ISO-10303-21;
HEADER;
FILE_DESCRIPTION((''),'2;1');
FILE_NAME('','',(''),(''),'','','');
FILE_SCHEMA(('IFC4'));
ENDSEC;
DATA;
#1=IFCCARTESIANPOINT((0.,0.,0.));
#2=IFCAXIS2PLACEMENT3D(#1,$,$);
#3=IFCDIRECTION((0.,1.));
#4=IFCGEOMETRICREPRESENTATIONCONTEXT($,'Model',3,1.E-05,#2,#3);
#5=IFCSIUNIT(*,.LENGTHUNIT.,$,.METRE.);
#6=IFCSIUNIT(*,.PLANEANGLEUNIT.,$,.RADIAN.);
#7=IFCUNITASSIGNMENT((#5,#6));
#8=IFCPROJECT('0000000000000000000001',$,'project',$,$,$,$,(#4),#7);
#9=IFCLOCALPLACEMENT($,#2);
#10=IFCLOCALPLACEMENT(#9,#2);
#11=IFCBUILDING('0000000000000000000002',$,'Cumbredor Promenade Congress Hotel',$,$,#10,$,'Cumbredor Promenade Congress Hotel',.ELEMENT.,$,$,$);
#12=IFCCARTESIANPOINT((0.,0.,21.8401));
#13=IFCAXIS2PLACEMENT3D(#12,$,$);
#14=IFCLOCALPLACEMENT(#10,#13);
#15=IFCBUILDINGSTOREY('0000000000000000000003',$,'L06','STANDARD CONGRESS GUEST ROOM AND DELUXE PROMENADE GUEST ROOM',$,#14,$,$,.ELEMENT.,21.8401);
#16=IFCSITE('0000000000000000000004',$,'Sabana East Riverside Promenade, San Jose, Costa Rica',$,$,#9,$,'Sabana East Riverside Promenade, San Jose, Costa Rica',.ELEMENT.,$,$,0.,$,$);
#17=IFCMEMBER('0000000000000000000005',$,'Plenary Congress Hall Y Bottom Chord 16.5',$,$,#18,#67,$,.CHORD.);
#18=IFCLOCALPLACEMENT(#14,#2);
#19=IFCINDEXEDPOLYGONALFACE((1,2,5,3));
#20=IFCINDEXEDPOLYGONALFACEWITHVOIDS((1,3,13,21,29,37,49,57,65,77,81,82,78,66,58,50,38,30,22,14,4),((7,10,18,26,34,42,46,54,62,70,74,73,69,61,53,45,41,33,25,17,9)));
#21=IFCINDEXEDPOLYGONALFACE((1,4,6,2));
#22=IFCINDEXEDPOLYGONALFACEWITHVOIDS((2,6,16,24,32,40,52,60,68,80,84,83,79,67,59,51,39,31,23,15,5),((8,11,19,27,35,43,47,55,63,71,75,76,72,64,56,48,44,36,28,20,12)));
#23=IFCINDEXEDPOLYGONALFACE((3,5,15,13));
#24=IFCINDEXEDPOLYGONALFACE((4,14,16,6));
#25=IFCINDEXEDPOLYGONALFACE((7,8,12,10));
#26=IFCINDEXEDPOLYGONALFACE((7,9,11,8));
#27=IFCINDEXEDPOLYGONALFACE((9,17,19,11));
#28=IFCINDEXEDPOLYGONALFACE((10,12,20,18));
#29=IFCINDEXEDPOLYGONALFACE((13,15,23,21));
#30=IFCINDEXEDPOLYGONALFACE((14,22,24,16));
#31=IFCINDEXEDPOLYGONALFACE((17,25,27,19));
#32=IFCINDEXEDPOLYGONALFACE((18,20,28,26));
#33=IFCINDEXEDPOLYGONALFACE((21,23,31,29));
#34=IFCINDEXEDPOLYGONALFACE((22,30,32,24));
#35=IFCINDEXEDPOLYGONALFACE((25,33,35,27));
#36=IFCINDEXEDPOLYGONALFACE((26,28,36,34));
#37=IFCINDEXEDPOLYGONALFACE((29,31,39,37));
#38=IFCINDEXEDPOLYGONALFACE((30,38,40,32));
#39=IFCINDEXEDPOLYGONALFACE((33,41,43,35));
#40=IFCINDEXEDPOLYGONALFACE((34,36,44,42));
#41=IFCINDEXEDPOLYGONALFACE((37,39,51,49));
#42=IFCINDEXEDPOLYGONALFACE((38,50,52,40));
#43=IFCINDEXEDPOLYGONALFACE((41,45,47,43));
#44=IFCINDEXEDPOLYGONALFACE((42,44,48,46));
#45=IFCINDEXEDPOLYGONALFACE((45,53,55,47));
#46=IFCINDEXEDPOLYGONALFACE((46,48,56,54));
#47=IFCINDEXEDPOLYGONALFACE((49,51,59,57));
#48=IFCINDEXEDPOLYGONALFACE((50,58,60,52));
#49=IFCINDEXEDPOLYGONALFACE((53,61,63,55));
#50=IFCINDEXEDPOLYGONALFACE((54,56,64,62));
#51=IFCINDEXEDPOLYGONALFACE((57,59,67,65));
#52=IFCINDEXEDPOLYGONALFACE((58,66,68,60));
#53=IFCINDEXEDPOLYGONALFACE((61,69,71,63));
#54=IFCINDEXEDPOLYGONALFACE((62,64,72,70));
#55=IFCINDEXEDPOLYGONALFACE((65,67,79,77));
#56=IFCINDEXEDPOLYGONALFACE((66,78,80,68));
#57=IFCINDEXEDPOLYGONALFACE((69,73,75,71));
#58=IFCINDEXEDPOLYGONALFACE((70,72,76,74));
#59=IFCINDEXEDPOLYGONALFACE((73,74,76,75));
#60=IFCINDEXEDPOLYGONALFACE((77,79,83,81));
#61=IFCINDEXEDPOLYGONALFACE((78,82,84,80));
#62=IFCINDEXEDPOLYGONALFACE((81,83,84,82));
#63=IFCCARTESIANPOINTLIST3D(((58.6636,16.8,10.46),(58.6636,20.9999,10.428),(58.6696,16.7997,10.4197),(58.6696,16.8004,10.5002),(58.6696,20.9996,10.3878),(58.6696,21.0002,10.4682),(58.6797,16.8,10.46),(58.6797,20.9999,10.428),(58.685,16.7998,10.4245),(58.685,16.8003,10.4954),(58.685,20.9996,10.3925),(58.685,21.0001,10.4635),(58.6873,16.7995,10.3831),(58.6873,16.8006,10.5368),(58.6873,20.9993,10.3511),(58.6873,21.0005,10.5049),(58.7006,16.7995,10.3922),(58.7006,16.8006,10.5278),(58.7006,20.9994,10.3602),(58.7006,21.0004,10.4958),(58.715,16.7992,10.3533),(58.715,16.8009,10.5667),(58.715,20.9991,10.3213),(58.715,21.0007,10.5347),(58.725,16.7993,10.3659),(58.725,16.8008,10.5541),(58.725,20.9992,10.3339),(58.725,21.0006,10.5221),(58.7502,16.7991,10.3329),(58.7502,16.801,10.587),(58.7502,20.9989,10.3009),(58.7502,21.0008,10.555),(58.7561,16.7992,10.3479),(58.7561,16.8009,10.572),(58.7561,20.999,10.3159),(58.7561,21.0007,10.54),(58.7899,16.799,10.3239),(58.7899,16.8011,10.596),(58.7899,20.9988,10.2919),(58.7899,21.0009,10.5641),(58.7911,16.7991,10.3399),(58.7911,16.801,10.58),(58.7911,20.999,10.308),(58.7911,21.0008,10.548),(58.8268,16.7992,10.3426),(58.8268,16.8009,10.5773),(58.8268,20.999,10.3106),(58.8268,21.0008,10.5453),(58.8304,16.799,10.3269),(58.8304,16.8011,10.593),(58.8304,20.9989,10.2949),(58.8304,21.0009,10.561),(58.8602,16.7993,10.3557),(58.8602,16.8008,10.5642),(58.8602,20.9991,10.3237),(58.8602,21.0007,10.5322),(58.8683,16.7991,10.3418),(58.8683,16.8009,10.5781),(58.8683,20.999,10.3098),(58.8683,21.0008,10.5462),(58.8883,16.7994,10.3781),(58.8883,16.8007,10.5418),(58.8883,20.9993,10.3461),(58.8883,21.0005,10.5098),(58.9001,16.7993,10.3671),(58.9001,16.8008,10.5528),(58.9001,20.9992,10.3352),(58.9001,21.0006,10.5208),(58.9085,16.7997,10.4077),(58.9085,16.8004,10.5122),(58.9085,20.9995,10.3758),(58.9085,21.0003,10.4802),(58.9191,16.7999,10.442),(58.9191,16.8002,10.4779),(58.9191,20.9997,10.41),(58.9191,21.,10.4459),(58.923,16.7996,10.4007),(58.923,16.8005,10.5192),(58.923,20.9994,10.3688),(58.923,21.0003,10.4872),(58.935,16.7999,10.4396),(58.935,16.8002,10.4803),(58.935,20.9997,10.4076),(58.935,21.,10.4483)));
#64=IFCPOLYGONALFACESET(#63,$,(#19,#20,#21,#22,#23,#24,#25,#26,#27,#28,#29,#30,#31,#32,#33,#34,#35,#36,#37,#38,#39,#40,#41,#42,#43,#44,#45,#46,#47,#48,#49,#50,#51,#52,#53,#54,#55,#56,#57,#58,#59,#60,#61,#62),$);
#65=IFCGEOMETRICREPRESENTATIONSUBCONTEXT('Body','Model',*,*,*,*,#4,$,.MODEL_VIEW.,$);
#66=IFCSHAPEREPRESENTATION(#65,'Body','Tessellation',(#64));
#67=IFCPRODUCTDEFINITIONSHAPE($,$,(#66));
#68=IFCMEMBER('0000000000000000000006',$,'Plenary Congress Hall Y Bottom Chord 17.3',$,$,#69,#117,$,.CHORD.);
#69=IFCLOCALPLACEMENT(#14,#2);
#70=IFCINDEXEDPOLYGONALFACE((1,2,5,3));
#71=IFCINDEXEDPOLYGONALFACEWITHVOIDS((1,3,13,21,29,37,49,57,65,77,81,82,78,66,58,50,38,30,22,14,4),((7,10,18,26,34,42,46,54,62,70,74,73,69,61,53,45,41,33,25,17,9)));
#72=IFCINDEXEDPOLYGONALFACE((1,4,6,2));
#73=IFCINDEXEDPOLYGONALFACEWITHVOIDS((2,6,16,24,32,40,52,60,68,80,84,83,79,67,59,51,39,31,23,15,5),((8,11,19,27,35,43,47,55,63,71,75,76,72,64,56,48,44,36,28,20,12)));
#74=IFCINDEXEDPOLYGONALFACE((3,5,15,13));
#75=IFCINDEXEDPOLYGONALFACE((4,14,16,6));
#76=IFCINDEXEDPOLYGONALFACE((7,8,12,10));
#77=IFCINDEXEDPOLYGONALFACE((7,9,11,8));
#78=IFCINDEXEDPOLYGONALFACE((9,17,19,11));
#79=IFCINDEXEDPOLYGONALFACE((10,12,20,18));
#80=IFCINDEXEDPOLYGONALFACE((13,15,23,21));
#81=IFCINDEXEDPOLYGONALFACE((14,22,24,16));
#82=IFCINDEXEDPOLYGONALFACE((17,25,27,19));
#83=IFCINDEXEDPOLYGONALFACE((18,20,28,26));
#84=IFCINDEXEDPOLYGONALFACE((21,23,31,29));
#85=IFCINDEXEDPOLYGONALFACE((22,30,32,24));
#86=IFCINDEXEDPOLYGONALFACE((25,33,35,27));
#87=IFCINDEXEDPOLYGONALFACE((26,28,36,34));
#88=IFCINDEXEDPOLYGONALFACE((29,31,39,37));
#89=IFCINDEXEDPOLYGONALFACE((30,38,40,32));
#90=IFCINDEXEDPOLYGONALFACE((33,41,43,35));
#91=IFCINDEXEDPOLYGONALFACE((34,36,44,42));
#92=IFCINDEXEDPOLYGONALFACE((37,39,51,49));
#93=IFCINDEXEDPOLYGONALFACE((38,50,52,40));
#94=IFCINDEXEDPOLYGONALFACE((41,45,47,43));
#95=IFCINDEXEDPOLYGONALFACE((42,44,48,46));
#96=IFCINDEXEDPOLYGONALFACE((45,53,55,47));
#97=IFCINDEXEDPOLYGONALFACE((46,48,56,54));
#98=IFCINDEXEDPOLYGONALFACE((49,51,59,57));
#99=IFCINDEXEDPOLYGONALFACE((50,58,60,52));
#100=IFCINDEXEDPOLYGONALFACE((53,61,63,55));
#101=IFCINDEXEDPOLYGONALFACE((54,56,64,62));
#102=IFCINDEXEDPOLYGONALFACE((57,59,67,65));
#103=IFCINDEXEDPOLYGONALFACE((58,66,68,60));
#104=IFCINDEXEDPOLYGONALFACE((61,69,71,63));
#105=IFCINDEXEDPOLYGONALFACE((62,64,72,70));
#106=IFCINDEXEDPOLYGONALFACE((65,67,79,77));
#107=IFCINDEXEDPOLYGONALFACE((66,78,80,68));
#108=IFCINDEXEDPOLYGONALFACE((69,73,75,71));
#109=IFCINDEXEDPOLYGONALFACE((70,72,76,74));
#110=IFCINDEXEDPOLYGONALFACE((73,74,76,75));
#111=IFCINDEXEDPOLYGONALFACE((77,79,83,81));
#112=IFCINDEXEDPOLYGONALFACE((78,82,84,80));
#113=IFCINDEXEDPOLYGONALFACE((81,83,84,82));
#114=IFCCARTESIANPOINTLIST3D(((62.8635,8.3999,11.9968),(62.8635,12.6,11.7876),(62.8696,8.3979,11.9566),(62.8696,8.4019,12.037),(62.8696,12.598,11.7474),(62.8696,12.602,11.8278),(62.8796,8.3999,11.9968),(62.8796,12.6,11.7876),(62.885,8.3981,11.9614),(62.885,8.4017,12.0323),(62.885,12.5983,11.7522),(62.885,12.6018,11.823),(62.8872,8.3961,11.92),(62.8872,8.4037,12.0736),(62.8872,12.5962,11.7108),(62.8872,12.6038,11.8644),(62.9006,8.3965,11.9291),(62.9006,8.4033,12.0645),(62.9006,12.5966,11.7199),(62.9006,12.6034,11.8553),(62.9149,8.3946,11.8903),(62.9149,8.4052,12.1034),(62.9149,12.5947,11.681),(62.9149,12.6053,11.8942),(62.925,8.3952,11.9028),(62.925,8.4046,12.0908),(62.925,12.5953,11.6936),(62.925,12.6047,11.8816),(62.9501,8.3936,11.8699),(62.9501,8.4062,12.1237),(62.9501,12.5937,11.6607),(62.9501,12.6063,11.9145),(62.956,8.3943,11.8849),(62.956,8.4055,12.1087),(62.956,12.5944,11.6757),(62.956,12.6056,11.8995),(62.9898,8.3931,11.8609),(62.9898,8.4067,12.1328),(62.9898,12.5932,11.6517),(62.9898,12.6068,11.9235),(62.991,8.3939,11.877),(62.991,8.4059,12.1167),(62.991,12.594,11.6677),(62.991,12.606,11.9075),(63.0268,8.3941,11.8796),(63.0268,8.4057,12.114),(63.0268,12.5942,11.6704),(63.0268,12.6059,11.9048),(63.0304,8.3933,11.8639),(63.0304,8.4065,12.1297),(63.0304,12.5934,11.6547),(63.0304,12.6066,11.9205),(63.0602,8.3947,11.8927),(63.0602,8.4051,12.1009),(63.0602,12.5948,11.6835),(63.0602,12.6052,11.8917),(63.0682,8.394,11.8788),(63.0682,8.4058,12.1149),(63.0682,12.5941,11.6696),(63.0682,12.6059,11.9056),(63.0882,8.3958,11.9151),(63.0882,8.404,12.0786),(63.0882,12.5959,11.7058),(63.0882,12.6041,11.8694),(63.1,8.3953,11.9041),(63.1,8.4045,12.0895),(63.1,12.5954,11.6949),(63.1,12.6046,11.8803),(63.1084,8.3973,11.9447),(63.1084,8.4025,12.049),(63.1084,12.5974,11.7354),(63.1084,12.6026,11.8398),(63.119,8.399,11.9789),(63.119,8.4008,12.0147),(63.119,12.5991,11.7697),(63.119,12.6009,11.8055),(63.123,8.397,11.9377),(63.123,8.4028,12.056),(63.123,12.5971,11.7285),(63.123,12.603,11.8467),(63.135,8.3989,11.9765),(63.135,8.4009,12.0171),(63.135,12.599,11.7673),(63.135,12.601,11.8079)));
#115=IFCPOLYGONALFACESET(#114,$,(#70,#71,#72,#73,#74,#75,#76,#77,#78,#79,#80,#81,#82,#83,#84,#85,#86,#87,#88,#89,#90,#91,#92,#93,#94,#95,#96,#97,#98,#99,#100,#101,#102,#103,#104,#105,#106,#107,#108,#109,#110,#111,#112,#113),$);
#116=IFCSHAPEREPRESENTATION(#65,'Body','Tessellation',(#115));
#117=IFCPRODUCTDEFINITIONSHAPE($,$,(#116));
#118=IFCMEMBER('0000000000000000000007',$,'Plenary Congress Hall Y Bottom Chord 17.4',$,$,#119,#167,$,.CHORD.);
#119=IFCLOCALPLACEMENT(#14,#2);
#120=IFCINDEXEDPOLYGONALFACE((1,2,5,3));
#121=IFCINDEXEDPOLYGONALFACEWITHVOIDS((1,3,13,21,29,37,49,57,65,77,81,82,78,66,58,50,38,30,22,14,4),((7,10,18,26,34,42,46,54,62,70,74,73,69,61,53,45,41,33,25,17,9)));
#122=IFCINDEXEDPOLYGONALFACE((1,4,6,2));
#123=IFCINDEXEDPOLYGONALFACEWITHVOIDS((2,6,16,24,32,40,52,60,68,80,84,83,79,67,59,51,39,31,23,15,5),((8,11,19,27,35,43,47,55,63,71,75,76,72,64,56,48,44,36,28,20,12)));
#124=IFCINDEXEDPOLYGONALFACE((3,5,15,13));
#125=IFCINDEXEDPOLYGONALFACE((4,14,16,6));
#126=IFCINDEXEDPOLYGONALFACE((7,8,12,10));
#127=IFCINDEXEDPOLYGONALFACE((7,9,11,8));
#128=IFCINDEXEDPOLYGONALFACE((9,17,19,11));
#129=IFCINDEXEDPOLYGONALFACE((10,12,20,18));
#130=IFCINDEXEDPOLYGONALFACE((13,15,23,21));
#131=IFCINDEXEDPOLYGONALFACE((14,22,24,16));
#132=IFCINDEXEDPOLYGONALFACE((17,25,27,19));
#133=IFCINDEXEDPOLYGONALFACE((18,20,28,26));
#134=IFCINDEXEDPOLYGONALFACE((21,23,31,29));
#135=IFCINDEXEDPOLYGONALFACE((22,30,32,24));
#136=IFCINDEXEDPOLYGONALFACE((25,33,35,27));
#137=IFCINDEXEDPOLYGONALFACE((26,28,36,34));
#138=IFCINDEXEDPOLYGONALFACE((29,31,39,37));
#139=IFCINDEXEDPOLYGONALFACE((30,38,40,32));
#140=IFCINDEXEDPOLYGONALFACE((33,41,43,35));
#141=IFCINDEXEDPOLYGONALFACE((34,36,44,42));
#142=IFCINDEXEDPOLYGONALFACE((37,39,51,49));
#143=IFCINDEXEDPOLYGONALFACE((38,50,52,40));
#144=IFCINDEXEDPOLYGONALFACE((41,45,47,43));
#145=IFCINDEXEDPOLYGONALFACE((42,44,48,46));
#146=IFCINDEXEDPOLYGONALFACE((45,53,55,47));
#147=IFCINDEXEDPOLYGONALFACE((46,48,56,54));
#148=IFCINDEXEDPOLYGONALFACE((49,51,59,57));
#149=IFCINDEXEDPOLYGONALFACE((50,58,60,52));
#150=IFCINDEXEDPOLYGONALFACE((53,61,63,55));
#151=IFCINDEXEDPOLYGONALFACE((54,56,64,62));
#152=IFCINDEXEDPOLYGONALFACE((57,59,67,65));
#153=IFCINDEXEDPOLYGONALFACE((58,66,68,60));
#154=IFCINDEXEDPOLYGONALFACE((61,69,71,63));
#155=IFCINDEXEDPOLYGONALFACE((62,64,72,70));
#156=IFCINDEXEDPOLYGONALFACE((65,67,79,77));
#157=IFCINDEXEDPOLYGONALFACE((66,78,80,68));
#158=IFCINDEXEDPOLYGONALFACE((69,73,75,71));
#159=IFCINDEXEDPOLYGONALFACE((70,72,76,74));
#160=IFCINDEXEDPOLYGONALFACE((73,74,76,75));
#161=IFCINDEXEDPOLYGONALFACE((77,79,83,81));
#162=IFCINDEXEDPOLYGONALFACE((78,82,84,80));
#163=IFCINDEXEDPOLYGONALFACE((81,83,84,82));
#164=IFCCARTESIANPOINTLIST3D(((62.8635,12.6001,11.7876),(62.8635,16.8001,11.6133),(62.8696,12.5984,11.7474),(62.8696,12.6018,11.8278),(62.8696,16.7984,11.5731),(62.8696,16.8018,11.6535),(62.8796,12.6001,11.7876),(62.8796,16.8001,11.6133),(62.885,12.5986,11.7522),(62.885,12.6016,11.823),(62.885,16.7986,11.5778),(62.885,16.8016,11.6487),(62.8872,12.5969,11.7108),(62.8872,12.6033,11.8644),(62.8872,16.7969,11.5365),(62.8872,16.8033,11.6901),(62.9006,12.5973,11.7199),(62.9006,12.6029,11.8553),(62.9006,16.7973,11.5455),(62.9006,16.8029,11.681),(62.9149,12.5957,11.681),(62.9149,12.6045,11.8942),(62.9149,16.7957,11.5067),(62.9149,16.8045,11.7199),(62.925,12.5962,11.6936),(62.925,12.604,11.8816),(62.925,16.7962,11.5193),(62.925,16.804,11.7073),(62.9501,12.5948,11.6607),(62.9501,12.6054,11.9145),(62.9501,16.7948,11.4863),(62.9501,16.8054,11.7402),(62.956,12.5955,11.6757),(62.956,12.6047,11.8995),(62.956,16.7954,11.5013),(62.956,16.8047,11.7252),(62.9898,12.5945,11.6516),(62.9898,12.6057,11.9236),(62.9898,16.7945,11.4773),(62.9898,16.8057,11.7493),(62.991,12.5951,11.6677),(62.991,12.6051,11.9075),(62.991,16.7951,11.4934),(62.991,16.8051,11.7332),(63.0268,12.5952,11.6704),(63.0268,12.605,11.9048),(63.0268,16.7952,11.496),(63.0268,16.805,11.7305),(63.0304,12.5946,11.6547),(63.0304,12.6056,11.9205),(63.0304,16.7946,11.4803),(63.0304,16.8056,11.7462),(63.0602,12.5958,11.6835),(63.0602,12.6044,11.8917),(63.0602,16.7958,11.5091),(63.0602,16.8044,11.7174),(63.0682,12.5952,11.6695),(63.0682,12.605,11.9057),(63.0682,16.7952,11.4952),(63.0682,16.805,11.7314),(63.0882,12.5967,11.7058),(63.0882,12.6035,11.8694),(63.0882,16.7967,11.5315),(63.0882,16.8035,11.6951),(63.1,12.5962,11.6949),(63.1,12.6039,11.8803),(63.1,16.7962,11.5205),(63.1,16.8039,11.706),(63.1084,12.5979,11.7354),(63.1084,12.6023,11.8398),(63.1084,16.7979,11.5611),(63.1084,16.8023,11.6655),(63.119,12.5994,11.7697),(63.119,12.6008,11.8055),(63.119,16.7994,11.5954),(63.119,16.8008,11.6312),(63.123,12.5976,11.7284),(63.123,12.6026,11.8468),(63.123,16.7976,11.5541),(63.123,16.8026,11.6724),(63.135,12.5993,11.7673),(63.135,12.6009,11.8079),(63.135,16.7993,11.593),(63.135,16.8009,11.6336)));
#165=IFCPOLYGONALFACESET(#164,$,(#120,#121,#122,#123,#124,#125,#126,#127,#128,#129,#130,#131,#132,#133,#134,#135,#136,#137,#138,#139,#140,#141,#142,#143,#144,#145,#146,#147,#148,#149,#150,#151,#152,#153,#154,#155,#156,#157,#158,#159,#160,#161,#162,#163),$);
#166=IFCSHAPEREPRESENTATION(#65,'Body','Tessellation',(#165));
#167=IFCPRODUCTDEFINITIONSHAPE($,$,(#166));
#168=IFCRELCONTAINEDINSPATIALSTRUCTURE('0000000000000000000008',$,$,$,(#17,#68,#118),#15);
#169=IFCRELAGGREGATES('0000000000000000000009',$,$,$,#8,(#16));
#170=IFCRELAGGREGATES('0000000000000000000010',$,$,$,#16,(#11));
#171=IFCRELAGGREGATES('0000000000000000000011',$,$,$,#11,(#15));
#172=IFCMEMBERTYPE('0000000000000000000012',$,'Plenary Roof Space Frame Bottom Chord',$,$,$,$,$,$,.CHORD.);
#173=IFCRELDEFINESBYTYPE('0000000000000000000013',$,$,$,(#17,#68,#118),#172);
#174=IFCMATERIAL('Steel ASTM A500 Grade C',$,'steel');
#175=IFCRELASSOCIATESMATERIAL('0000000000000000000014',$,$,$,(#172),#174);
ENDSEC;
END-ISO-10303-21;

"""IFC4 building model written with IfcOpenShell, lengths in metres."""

from ifc_helpers import new_model, si_unit, direction, frame, origin, origin_2d, place, context, subcontext, project, spatial, hollow_circle, extrude, material, material_profile, profile_set, type_object, element, save


model = new_model("IFC4")

# Units and contexts
model_context = context("Model", 3, precision=1e-05, world=origin(), true_north=direction((0.0, 1.0)))
body_context = subcontext(model_context, "Body", "Model", "MODEL_VIEW")
ifc_project = project(units=[si_unit("LENGTHUNIT", "METRE"), si_unit("PLANEANGLEUNIT", "RADIAN")], contexts=[model_context])

# Site, building, storey
site_placement = place(None, origin())
site = spatial("IfcSite", under=ifc_project, at=site_placement, Name="Sabana East Riverside Promenade, San Jose, Costa Rica", LongName="Sabana East Riverside Promenade, San Jose, Costa Rica", CompositionType="ELEMENT", RefElevation=0.0)
building_placement = place(site_placement, origin())
building = spatial("IfcBuilding", under=site, at=building_placement, Name="Cumbredor Promenade Congress Hotel", LongName="Cumbredor Promenade Congress Hotel", CompositionType="ELEMENT")
storey_placement = place(building_placement, frame((0.0, 0.0, 21.8401)))
storey = spatial("IfcBuildingStorey", under=building, at=storey_placement, Name="L06", Description="STANDARD CONGRESS GUEST ROOM AND DELUXE PROMENADE GUEST ROOM", CompositionType="ELEMENT", Elevation=21.8401)

# Members
ifc_material_1 = material(Name="Steel ASTM A500 Grade C", Category="steel")
ifc_material_profile_1 = material_profile(ifc_material_1, hollow_circle(Radius=0.1365, WallThickness=0.0161, at=origin_2d()), Name="CHS 273.0x16")
ifc_profile_set_1 = profile_set([ifc_material_profile_1], Name="Steel ASTM A500 Grade C")
member_type_1 = type_object("IfcMemberType", Name="Plenary Roof Space Frame Bottom Chord", PredefinedType="CHORD", material=ifc_profile_set_1)
member_1_placement = place(storey_placement, frame((58.8, 16.8, 10.46), z_axis=(0.0, 0.999971, -0.007615), x_axis=(-1.0, 0.0, 0.0)))
element("IfcMember", 1, at=member_1_placement, inside=storey, type_object=member_type_1, Name="Plenary Congress Hall Y Bottom Chord 16.5", PredefinedType="CHORD", context=body_context, shape_type="SweptSolid", body=[
    extrude(hollow_circle(Radius=0.1365, WallThickness=0.0161, at=origin_2d()), origin(), (0.0, 0.0, 1.0), 4.2),
])
member_2_placement = place(storey_placement, frame((63.0, 8.3999, 11.9968), z_axis=(0.0, 0.998762, -0.049752), x_axis=(-1.0, 0.0, 0.0)))
element("IfcMember", 2, at=member_2_placement, inside=storey, type_object=member_type_1, Name="Plenary Congress Hall Y Bottom Chord 17.3", PredefinedType="CHORD", context=body_context, shape_type="SweptSolid", body=[
    extrude(hollow_circle(Radius=0.1365, WallThickness=0.0161, at=origin_2d()), origin(), (0.0, 0.0, 1.0), 4.2053),
])
member_3_placement = place(storey_placement, frame((63.0, 12.6001, 11.7876), z_axis=(0.0, 0.99914, -0.041469), x_axis=(-1.0, 0.0, 0.0)))
element("IfcMember", 3, at=member_3_placement, inside=storey, type_object=member_type_1, Name="Plenary Congress Hall Y Bottom Chord 17.4", PredefinedType="CHORD", context=body_context, shape_type="SweptSolid", body=[
    extrude(hollow_circle(Radius=0.1365, WallThickness=0.0161, at=origin_2d()), origin(), (0.0, 0.0, 1.0), 4.2036),
])

save(model, "model.ifc")
